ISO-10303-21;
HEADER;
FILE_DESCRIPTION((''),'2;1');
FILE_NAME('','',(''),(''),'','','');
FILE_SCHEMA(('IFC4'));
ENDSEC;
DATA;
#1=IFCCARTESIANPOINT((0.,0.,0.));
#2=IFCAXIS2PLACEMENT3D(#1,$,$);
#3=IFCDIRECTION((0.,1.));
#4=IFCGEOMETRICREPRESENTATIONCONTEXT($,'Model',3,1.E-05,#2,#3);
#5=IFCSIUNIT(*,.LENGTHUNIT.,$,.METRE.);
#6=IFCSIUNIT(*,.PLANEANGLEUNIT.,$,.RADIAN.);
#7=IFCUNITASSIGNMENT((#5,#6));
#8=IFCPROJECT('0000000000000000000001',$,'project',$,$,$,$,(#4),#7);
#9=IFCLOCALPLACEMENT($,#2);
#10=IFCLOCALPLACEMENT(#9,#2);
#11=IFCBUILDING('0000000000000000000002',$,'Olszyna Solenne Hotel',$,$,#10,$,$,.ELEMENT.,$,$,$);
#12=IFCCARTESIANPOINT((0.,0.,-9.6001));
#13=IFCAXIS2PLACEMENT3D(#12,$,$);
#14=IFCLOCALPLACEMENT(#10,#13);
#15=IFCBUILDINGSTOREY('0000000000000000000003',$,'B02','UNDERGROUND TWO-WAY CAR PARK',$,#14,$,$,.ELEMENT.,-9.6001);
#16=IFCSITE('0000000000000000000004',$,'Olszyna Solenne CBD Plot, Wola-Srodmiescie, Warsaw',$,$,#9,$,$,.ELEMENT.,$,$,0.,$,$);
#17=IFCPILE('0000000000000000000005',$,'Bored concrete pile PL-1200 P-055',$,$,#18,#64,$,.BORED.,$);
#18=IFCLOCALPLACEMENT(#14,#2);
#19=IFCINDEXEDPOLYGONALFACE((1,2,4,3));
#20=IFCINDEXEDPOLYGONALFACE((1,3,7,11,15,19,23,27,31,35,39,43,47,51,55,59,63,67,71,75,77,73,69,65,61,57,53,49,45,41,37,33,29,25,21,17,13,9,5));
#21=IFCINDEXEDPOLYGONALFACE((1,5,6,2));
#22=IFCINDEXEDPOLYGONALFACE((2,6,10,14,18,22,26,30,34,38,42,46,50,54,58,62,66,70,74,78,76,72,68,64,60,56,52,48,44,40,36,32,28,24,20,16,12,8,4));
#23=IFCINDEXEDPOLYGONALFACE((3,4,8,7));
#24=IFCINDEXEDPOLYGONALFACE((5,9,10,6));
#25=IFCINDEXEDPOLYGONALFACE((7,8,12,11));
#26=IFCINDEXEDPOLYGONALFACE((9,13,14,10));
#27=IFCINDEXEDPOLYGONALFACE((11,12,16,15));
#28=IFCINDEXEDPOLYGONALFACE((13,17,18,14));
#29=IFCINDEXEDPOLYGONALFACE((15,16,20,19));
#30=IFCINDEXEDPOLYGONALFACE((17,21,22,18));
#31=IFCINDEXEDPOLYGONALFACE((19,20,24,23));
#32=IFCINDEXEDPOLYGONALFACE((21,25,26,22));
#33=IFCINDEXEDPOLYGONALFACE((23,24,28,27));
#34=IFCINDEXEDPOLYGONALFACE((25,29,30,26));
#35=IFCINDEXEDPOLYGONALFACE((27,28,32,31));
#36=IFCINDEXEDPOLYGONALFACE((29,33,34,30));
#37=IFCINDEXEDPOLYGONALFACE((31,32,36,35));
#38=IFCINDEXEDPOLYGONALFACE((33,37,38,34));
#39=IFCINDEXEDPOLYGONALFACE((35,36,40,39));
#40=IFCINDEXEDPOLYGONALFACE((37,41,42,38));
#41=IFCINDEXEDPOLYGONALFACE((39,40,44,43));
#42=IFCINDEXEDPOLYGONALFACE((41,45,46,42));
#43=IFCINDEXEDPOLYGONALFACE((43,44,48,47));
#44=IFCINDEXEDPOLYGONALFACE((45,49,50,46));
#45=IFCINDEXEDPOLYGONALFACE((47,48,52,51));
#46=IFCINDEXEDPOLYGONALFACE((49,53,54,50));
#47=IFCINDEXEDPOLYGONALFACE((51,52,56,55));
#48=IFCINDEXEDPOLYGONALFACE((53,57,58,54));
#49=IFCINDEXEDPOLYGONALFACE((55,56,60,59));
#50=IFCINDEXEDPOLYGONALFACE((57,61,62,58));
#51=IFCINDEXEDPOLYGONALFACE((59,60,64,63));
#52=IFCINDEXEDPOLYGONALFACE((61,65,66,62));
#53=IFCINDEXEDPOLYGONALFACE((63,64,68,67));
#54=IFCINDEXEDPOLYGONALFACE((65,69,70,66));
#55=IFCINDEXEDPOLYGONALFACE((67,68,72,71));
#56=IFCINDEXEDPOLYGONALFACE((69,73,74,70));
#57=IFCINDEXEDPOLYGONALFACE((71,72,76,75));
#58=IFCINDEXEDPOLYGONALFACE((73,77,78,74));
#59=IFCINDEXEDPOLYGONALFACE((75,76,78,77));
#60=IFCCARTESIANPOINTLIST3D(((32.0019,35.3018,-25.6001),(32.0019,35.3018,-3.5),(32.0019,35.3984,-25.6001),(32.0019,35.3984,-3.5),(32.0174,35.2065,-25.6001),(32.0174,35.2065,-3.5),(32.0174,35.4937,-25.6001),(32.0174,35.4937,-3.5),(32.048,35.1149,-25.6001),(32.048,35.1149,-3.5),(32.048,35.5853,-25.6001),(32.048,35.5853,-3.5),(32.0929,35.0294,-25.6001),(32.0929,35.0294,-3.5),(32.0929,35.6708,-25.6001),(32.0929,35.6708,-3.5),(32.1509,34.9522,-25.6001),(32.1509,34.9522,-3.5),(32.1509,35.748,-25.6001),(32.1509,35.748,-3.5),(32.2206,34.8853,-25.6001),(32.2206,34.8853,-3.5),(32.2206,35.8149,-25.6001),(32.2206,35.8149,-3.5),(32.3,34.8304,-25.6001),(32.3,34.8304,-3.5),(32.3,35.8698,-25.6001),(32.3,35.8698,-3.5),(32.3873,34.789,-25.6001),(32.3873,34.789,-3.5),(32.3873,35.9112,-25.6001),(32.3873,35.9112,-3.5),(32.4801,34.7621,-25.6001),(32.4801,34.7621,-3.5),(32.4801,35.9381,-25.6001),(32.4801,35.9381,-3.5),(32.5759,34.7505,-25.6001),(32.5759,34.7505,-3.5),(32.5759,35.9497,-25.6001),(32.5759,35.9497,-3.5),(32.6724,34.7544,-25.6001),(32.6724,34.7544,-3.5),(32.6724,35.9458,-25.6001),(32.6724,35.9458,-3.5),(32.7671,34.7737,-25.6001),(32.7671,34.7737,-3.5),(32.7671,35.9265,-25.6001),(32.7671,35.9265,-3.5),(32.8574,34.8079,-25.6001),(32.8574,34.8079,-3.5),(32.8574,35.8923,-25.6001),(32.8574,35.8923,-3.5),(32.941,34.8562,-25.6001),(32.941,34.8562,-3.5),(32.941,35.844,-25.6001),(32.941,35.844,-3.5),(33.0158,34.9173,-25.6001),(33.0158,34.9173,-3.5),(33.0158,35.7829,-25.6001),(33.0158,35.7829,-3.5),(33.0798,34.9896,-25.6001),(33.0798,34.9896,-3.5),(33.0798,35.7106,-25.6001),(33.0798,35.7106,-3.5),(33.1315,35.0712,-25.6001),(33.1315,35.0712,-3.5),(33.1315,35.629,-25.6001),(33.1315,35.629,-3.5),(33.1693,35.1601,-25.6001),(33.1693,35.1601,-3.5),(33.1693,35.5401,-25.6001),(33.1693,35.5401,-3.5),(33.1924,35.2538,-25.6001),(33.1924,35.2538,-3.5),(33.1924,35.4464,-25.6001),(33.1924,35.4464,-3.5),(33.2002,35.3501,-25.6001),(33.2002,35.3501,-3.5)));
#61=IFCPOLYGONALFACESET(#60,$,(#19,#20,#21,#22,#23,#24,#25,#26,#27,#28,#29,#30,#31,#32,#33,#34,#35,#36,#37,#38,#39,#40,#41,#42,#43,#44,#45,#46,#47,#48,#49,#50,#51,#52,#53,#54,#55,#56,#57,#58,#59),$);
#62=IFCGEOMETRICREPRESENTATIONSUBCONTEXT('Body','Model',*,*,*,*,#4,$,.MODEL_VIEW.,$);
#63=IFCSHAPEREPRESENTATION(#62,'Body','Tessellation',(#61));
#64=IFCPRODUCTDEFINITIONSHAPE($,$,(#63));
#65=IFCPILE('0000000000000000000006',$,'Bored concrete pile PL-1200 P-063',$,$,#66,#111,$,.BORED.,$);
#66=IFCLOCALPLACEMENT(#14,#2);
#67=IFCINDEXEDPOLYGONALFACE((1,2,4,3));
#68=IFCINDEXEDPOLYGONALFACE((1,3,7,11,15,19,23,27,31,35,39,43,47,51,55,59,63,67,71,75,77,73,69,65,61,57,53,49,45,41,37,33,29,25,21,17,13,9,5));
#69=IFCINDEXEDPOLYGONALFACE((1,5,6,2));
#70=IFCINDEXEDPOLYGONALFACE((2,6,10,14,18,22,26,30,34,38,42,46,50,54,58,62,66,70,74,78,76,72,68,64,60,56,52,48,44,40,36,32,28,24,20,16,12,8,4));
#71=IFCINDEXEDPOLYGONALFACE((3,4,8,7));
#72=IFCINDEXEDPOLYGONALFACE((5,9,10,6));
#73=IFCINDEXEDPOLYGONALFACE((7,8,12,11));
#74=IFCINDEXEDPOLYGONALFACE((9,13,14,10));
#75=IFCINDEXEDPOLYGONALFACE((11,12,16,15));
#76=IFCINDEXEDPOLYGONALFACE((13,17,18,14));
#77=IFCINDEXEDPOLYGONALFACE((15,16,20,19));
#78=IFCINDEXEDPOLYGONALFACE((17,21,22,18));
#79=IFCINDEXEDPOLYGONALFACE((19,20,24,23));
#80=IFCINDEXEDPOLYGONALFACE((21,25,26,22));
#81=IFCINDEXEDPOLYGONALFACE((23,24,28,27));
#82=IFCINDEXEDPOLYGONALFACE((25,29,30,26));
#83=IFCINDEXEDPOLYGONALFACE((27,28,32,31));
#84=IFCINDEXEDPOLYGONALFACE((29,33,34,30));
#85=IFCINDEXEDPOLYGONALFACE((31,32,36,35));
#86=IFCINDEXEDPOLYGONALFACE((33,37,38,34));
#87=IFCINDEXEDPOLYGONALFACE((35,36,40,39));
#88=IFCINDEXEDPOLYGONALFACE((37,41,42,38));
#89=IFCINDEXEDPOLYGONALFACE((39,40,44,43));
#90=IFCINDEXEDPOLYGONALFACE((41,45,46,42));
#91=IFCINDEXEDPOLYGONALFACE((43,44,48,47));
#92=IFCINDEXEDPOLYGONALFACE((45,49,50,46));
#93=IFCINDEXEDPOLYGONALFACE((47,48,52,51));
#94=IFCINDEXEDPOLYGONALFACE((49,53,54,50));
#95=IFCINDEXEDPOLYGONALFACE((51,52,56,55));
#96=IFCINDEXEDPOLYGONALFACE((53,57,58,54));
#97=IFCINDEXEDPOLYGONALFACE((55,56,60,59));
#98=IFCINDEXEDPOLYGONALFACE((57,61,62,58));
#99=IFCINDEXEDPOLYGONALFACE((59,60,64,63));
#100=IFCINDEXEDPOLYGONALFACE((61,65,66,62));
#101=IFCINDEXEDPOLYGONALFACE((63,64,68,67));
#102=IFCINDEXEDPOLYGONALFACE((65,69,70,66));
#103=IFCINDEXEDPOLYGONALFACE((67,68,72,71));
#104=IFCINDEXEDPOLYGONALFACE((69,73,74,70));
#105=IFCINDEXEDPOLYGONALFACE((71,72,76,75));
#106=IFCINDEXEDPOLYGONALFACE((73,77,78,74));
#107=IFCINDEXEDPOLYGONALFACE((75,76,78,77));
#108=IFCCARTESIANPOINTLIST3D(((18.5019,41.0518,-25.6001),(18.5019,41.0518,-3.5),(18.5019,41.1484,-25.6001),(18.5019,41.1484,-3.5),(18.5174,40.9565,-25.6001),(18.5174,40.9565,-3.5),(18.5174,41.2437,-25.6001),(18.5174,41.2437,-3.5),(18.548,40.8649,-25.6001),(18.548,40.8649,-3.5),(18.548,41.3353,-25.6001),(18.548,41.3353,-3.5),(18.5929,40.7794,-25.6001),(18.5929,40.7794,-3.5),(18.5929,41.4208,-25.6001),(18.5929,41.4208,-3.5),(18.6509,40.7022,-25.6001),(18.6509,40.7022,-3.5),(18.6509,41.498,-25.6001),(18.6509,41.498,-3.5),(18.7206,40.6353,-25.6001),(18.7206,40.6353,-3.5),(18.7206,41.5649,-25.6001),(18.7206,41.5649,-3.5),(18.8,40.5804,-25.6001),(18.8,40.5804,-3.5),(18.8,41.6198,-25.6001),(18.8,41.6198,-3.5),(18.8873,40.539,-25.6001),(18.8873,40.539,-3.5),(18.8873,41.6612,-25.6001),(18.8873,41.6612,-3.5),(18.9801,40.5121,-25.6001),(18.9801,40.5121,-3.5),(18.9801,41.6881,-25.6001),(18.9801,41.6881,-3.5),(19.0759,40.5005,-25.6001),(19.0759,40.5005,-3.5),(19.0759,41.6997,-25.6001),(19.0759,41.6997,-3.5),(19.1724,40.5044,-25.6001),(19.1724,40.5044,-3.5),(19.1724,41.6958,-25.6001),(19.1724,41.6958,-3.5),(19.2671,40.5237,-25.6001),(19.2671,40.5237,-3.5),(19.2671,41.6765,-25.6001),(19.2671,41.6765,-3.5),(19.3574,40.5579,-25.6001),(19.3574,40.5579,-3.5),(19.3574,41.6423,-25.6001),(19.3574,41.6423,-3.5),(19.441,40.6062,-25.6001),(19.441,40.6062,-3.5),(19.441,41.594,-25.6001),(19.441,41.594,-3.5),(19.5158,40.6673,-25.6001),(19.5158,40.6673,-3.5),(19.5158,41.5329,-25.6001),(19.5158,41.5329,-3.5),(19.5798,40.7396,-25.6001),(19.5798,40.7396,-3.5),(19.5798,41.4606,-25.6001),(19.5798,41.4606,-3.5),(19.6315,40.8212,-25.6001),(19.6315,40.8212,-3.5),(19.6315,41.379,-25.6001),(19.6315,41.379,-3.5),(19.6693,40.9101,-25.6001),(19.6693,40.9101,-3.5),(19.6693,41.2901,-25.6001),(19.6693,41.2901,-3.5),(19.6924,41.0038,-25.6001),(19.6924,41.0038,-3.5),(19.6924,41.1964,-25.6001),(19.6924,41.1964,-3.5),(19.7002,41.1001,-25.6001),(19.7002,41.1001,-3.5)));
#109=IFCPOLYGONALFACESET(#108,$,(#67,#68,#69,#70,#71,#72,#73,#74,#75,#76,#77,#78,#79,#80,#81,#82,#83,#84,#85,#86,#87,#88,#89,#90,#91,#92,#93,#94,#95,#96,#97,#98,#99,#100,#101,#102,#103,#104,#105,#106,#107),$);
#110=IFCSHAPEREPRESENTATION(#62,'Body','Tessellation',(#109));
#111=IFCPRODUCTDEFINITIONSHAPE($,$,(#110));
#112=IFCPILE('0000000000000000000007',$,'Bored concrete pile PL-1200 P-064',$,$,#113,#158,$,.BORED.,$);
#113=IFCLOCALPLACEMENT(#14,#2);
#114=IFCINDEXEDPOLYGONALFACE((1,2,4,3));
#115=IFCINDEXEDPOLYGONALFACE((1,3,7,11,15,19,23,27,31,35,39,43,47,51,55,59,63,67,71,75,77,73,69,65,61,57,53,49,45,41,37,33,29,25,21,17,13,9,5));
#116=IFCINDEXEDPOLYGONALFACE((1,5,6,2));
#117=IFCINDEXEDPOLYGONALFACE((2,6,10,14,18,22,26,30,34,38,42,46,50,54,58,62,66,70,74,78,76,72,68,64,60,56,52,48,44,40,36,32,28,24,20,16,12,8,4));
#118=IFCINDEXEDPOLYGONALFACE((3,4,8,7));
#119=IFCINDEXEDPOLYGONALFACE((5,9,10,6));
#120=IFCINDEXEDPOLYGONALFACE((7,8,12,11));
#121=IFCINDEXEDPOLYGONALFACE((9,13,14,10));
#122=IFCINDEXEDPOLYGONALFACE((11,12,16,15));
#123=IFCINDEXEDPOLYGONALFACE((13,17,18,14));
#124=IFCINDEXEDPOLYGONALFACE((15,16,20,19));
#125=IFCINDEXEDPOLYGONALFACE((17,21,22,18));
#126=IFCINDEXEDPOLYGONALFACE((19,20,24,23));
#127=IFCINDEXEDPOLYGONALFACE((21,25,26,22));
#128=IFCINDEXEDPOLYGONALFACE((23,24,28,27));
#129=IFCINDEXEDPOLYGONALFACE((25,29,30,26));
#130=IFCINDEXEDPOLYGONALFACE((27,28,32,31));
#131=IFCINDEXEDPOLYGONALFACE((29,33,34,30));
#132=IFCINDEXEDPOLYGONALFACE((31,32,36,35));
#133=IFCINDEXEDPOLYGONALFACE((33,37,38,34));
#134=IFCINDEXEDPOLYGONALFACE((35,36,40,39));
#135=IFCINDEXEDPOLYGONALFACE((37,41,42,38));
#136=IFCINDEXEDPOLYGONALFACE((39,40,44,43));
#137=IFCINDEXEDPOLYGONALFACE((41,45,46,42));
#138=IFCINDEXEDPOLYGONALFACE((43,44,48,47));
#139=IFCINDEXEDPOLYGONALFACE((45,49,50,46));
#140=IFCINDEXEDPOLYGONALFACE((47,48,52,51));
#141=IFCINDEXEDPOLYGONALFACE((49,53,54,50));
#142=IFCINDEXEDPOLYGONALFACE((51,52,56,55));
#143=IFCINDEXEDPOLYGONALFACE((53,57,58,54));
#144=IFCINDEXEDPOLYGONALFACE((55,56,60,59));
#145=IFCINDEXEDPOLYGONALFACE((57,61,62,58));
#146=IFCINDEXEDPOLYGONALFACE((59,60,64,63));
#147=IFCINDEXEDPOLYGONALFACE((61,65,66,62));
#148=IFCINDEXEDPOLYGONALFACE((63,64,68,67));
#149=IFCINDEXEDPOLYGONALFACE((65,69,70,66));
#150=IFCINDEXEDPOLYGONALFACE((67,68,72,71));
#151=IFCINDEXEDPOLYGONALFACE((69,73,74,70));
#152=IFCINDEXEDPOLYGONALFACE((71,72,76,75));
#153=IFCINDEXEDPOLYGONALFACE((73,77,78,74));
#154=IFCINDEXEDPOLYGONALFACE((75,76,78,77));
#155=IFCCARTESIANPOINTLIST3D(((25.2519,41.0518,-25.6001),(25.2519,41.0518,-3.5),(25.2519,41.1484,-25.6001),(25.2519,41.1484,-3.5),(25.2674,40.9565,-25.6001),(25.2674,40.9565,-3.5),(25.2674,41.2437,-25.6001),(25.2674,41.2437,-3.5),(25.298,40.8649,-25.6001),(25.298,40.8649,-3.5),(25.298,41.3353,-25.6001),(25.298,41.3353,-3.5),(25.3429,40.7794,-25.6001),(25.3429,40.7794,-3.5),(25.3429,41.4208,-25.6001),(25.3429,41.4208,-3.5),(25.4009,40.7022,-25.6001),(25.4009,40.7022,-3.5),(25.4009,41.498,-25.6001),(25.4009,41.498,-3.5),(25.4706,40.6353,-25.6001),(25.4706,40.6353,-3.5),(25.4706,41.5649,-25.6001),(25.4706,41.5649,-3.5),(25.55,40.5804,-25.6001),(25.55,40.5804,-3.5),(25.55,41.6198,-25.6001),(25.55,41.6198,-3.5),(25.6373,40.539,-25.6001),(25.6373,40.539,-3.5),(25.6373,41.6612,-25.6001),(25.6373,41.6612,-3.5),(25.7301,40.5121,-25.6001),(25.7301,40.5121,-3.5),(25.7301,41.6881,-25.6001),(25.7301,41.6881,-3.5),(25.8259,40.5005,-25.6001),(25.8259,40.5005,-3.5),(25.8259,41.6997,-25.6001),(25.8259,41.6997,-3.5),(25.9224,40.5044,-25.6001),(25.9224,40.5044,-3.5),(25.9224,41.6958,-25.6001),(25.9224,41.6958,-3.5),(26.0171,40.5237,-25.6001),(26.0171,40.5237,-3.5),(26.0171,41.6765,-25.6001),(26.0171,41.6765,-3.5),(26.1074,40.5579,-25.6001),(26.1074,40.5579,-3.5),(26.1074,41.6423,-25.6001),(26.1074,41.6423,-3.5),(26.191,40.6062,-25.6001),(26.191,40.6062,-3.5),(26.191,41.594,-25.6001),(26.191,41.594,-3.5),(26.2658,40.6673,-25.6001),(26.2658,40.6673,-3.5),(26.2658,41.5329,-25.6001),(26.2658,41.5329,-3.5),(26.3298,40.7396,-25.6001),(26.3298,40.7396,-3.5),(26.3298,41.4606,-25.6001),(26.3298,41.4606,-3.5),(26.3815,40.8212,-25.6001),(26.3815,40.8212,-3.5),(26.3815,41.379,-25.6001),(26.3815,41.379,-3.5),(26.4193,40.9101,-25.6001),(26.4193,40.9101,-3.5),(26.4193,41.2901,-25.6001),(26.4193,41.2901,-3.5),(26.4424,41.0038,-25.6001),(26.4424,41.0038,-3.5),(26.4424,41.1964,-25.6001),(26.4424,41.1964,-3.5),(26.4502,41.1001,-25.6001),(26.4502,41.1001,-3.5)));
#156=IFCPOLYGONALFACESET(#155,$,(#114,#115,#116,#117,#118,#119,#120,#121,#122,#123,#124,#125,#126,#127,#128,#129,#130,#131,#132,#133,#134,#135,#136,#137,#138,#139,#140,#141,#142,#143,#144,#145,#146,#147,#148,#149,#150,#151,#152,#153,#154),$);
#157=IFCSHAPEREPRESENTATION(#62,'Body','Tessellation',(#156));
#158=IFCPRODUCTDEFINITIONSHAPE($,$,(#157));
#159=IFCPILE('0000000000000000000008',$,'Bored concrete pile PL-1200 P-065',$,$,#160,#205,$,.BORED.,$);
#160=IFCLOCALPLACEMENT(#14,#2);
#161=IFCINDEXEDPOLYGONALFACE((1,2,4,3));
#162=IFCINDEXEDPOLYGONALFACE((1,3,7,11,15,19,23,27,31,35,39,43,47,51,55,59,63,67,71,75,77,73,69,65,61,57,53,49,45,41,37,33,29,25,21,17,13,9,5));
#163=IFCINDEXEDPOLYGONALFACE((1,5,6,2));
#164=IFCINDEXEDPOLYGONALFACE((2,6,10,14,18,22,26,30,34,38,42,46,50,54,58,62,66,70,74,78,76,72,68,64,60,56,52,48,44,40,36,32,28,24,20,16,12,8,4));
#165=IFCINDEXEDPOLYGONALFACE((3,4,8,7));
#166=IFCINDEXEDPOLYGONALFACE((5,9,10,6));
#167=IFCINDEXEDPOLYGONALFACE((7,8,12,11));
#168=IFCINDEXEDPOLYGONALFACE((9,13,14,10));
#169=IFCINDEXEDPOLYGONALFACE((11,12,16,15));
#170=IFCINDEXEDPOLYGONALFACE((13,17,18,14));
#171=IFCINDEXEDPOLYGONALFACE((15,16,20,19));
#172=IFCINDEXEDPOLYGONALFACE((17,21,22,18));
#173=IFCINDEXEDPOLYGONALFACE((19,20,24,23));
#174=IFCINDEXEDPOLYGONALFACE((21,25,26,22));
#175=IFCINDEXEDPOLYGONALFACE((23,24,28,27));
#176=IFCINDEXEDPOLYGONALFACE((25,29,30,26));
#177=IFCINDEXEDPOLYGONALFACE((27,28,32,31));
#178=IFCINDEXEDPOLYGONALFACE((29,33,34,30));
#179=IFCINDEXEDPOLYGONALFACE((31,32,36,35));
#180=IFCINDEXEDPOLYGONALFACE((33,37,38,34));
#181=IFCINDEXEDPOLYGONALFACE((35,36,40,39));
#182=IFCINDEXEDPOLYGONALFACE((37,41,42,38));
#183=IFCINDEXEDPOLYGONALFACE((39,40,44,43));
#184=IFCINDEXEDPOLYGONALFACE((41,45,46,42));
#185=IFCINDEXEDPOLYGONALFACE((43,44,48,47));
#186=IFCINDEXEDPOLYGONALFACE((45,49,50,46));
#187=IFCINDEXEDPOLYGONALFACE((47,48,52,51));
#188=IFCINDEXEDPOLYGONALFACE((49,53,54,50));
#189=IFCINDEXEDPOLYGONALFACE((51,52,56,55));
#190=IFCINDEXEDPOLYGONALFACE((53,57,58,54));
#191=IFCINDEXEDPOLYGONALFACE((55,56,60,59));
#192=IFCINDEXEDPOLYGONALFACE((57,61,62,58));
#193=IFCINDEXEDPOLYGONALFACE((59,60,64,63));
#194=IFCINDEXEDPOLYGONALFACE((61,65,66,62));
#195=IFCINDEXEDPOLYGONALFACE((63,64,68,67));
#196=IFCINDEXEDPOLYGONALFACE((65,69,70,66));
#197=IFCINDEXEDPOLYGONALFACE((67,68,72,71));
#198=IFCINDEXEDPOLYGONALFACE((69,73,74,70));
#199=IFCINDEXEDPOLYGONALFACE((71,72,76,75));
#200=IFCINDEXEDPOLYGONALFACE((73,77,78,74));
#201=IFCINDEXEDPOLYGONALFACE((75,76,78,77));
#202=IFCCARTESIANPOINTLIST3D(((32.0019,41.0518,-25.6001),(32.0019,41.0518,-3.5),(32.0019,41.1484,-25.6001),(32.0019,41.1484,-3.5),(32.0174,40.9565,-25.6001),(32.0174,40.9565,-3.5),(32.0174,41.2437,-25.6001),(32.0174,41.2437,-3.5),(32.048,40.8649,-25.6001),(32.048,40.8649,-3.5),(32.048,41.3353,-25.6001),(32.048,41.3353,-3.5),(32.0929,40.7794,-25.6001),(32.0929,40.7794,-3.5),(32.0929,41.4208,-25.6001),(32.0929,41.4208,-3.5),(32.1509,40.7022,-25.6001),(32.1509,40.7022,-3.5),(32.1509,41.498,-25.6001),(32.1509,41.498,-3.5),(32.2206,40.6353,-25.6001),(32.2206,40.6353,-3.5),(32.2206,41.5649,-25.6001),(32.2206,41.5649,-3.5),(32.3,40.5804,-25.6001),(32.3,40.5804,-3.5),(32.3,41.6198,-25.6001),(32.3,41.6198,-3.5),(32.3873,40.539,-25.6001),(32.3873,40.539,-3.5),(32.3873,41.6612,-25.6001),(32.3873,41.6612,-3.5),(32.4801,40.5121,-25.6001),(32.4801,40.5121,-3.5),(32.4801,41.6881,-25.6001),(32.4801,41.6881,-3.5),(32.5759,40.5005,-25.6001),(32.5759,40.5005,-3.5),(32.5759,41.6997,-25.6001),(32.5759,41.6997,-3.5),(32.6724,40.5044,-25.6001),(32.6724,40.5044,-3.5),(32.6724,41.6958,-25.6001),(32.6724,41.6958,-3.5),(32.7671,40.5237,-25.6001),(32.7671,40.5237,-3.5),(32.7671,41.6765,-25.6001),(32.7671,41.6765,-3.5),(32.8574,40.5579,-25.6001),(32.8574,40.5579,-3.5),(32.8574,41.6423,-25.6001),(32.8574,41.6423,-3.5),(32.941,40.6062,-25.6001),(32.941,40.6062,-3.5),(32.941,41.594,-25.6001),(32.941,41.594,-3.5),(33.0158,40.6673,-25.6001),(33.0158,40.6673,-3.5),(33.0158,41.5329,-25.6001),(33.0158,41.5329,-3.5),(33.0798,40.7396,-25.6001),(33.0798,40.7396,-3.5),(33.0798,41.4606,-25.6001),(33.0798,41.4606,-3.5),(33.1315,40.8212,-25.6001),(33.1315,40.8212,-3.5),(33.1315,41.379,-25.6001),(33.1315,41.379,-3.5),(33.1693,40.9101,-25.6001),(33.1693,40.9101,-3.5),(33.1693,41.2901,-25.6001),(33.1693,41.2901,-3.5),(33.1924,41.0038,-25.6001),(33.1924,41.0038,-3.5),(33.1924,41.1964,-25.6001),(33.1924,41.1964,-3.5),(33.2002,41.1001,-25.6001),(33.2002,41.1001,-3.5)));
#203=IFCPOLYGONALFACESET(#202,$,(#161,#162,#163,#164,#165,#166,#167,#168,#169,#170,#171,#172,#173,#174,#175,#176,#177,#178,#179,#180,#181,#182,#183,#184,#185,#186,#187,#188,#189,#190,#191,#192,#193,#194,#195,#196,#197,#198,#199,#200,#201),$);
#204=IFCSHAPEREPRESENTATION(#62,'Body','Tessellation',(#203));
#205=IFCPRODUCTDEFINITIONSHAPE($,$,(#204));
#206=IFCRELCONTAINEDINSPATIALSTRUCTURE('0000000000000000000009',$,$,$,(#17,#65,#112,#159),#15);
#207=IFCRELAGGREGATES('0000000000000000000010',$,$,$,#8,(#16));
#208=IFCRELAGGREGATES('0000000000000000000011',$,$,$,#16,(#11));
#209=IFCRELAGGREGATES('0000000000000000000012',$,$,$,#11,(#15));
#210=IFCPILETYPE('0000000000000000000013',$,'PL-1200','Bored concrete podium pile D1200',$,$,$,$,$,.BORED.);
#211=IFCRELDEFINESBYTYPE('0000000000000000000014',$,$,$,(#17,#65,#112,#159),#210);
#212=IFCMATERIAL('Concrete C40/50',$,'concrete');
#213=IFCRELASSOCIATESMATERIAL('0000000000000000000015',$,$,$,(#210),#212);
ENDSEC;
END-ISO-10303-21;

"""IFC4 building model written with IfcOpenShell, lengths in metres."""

from ifc_helpers import new_model, si_unit, direction, frame, origin, origin_2d, place, context, subcontext, project, spatial, circle, extrude, source, transform, mapped, material, material_profile, profile_set, type_object, element, save


model = new_model("IFC4")

# Units and contexts
model_context = context("Model", 3, precision=1e-05, world=origin(), true_north=direction((0.0, 1.0)))
body_context = subcontext(model_context, "Body", "Model", "MODEL_VIEW")
ifc_project = project(units=[si_unit("LENGTHUNIT", "METRE"), si_unit("PLANEANGLEUNIT", "RADIAN")], contexts=[model_context])

# Site, building, storey
site_placement = place(None, origin())
site = spatial("IfcSite", under=ifc_project, at=site_placement, Name="Olszyna Solenne CBD Plot, Wola-Srodmiescie, Warsaw", CompositionType="ELEMENT", RefElevation=0.0)
building_placement = place(site_placement, origin())
building = spatial("IfcBuilding", under=site, at=building_placement, Name="Olszyna Solenne Hotel", CompositionType="ELEMENT")
storey_placement = place(building_placement, frame((0.0, 0.0, -9.6001)))
storey = spatial("IfcBuildingStorey", under=building, at=storey_placement, Name="B02", Description="UNDERGROUND TWO-WAY CAR PARK", CompositionType="ELEMENT", Elevation=-9.6001)

# Piles
ifc_material_1 = material(Name="Concrete C40/50", Category="concrete")
ifc_material_profile_1 = material_profile(ifc_material_1, circle(Radius=0.6001, at=origin_2d()), Name="BORED PILE 1200", Category="load-bearing")
ifc_profile_set_1 = profile_set([ifc_material_profile_1], Name="Concrete C40/50")
pile_type_1 = type_object("IfcPileType", Name="PL-1200", Description="Bored concrete podium pile D1200", PredefinedType="BORED", material=ifc_profile_set_1)
shared_shape_1 = source(origin(), body_context, "Body", "SweptSolid", [
    extrude(circle(Radius=0.6001, at=origin_2d()), origin(), (0.0, 0.0, 1.0), 22.1001),
])
for number, where, z_axis, x_axis, name in (
    (1, (32.6001, 35.3501, -3.5), (0.0, 0.0, -1.0), (1.0, 0.0, 0.0), "Bored concrete pile PL-1200 P-055"),
    (2, (19.1001, 41.1001, -3.5), (0.0, 0.0, -1.0), (1.0, 0.0, 0.0), "Bored concrete pile PL-1200 P-063"),
    (3, (25.8501, 41.1001, -3.5), (0.0, 0.0, -1.0), (1.0, 0.0, 0.0), "Bored concrete pile PL-1200 P-064"),
    (4, (32.6001, 41.1001, -3.5), (0.0, 0.0, -1.0), (1.0, 0.0, 0.0), "Bored concrete pile PL-1200 P-065"),
):
    element("IfcPile", number, at=place(storey_placement, frame(where, z_axis=z_axis, x_axis=x_axis)), inside=storey, type_object=pile_type_1, Name=name, PredefinedType="BORED", context=body_context, shape_type="MappedRepresentation", body=[
        mapped(shared_shape_1, transform((0.0, 0.0, 0.0), x_axis=(1.0, 0.0, 0.0), y_axis=(0.0, 1.0, 0.0), z_axis=(0.0, 0.0, 1.0), scale=1.0)),
    ])

save(model, "model.ifc")
